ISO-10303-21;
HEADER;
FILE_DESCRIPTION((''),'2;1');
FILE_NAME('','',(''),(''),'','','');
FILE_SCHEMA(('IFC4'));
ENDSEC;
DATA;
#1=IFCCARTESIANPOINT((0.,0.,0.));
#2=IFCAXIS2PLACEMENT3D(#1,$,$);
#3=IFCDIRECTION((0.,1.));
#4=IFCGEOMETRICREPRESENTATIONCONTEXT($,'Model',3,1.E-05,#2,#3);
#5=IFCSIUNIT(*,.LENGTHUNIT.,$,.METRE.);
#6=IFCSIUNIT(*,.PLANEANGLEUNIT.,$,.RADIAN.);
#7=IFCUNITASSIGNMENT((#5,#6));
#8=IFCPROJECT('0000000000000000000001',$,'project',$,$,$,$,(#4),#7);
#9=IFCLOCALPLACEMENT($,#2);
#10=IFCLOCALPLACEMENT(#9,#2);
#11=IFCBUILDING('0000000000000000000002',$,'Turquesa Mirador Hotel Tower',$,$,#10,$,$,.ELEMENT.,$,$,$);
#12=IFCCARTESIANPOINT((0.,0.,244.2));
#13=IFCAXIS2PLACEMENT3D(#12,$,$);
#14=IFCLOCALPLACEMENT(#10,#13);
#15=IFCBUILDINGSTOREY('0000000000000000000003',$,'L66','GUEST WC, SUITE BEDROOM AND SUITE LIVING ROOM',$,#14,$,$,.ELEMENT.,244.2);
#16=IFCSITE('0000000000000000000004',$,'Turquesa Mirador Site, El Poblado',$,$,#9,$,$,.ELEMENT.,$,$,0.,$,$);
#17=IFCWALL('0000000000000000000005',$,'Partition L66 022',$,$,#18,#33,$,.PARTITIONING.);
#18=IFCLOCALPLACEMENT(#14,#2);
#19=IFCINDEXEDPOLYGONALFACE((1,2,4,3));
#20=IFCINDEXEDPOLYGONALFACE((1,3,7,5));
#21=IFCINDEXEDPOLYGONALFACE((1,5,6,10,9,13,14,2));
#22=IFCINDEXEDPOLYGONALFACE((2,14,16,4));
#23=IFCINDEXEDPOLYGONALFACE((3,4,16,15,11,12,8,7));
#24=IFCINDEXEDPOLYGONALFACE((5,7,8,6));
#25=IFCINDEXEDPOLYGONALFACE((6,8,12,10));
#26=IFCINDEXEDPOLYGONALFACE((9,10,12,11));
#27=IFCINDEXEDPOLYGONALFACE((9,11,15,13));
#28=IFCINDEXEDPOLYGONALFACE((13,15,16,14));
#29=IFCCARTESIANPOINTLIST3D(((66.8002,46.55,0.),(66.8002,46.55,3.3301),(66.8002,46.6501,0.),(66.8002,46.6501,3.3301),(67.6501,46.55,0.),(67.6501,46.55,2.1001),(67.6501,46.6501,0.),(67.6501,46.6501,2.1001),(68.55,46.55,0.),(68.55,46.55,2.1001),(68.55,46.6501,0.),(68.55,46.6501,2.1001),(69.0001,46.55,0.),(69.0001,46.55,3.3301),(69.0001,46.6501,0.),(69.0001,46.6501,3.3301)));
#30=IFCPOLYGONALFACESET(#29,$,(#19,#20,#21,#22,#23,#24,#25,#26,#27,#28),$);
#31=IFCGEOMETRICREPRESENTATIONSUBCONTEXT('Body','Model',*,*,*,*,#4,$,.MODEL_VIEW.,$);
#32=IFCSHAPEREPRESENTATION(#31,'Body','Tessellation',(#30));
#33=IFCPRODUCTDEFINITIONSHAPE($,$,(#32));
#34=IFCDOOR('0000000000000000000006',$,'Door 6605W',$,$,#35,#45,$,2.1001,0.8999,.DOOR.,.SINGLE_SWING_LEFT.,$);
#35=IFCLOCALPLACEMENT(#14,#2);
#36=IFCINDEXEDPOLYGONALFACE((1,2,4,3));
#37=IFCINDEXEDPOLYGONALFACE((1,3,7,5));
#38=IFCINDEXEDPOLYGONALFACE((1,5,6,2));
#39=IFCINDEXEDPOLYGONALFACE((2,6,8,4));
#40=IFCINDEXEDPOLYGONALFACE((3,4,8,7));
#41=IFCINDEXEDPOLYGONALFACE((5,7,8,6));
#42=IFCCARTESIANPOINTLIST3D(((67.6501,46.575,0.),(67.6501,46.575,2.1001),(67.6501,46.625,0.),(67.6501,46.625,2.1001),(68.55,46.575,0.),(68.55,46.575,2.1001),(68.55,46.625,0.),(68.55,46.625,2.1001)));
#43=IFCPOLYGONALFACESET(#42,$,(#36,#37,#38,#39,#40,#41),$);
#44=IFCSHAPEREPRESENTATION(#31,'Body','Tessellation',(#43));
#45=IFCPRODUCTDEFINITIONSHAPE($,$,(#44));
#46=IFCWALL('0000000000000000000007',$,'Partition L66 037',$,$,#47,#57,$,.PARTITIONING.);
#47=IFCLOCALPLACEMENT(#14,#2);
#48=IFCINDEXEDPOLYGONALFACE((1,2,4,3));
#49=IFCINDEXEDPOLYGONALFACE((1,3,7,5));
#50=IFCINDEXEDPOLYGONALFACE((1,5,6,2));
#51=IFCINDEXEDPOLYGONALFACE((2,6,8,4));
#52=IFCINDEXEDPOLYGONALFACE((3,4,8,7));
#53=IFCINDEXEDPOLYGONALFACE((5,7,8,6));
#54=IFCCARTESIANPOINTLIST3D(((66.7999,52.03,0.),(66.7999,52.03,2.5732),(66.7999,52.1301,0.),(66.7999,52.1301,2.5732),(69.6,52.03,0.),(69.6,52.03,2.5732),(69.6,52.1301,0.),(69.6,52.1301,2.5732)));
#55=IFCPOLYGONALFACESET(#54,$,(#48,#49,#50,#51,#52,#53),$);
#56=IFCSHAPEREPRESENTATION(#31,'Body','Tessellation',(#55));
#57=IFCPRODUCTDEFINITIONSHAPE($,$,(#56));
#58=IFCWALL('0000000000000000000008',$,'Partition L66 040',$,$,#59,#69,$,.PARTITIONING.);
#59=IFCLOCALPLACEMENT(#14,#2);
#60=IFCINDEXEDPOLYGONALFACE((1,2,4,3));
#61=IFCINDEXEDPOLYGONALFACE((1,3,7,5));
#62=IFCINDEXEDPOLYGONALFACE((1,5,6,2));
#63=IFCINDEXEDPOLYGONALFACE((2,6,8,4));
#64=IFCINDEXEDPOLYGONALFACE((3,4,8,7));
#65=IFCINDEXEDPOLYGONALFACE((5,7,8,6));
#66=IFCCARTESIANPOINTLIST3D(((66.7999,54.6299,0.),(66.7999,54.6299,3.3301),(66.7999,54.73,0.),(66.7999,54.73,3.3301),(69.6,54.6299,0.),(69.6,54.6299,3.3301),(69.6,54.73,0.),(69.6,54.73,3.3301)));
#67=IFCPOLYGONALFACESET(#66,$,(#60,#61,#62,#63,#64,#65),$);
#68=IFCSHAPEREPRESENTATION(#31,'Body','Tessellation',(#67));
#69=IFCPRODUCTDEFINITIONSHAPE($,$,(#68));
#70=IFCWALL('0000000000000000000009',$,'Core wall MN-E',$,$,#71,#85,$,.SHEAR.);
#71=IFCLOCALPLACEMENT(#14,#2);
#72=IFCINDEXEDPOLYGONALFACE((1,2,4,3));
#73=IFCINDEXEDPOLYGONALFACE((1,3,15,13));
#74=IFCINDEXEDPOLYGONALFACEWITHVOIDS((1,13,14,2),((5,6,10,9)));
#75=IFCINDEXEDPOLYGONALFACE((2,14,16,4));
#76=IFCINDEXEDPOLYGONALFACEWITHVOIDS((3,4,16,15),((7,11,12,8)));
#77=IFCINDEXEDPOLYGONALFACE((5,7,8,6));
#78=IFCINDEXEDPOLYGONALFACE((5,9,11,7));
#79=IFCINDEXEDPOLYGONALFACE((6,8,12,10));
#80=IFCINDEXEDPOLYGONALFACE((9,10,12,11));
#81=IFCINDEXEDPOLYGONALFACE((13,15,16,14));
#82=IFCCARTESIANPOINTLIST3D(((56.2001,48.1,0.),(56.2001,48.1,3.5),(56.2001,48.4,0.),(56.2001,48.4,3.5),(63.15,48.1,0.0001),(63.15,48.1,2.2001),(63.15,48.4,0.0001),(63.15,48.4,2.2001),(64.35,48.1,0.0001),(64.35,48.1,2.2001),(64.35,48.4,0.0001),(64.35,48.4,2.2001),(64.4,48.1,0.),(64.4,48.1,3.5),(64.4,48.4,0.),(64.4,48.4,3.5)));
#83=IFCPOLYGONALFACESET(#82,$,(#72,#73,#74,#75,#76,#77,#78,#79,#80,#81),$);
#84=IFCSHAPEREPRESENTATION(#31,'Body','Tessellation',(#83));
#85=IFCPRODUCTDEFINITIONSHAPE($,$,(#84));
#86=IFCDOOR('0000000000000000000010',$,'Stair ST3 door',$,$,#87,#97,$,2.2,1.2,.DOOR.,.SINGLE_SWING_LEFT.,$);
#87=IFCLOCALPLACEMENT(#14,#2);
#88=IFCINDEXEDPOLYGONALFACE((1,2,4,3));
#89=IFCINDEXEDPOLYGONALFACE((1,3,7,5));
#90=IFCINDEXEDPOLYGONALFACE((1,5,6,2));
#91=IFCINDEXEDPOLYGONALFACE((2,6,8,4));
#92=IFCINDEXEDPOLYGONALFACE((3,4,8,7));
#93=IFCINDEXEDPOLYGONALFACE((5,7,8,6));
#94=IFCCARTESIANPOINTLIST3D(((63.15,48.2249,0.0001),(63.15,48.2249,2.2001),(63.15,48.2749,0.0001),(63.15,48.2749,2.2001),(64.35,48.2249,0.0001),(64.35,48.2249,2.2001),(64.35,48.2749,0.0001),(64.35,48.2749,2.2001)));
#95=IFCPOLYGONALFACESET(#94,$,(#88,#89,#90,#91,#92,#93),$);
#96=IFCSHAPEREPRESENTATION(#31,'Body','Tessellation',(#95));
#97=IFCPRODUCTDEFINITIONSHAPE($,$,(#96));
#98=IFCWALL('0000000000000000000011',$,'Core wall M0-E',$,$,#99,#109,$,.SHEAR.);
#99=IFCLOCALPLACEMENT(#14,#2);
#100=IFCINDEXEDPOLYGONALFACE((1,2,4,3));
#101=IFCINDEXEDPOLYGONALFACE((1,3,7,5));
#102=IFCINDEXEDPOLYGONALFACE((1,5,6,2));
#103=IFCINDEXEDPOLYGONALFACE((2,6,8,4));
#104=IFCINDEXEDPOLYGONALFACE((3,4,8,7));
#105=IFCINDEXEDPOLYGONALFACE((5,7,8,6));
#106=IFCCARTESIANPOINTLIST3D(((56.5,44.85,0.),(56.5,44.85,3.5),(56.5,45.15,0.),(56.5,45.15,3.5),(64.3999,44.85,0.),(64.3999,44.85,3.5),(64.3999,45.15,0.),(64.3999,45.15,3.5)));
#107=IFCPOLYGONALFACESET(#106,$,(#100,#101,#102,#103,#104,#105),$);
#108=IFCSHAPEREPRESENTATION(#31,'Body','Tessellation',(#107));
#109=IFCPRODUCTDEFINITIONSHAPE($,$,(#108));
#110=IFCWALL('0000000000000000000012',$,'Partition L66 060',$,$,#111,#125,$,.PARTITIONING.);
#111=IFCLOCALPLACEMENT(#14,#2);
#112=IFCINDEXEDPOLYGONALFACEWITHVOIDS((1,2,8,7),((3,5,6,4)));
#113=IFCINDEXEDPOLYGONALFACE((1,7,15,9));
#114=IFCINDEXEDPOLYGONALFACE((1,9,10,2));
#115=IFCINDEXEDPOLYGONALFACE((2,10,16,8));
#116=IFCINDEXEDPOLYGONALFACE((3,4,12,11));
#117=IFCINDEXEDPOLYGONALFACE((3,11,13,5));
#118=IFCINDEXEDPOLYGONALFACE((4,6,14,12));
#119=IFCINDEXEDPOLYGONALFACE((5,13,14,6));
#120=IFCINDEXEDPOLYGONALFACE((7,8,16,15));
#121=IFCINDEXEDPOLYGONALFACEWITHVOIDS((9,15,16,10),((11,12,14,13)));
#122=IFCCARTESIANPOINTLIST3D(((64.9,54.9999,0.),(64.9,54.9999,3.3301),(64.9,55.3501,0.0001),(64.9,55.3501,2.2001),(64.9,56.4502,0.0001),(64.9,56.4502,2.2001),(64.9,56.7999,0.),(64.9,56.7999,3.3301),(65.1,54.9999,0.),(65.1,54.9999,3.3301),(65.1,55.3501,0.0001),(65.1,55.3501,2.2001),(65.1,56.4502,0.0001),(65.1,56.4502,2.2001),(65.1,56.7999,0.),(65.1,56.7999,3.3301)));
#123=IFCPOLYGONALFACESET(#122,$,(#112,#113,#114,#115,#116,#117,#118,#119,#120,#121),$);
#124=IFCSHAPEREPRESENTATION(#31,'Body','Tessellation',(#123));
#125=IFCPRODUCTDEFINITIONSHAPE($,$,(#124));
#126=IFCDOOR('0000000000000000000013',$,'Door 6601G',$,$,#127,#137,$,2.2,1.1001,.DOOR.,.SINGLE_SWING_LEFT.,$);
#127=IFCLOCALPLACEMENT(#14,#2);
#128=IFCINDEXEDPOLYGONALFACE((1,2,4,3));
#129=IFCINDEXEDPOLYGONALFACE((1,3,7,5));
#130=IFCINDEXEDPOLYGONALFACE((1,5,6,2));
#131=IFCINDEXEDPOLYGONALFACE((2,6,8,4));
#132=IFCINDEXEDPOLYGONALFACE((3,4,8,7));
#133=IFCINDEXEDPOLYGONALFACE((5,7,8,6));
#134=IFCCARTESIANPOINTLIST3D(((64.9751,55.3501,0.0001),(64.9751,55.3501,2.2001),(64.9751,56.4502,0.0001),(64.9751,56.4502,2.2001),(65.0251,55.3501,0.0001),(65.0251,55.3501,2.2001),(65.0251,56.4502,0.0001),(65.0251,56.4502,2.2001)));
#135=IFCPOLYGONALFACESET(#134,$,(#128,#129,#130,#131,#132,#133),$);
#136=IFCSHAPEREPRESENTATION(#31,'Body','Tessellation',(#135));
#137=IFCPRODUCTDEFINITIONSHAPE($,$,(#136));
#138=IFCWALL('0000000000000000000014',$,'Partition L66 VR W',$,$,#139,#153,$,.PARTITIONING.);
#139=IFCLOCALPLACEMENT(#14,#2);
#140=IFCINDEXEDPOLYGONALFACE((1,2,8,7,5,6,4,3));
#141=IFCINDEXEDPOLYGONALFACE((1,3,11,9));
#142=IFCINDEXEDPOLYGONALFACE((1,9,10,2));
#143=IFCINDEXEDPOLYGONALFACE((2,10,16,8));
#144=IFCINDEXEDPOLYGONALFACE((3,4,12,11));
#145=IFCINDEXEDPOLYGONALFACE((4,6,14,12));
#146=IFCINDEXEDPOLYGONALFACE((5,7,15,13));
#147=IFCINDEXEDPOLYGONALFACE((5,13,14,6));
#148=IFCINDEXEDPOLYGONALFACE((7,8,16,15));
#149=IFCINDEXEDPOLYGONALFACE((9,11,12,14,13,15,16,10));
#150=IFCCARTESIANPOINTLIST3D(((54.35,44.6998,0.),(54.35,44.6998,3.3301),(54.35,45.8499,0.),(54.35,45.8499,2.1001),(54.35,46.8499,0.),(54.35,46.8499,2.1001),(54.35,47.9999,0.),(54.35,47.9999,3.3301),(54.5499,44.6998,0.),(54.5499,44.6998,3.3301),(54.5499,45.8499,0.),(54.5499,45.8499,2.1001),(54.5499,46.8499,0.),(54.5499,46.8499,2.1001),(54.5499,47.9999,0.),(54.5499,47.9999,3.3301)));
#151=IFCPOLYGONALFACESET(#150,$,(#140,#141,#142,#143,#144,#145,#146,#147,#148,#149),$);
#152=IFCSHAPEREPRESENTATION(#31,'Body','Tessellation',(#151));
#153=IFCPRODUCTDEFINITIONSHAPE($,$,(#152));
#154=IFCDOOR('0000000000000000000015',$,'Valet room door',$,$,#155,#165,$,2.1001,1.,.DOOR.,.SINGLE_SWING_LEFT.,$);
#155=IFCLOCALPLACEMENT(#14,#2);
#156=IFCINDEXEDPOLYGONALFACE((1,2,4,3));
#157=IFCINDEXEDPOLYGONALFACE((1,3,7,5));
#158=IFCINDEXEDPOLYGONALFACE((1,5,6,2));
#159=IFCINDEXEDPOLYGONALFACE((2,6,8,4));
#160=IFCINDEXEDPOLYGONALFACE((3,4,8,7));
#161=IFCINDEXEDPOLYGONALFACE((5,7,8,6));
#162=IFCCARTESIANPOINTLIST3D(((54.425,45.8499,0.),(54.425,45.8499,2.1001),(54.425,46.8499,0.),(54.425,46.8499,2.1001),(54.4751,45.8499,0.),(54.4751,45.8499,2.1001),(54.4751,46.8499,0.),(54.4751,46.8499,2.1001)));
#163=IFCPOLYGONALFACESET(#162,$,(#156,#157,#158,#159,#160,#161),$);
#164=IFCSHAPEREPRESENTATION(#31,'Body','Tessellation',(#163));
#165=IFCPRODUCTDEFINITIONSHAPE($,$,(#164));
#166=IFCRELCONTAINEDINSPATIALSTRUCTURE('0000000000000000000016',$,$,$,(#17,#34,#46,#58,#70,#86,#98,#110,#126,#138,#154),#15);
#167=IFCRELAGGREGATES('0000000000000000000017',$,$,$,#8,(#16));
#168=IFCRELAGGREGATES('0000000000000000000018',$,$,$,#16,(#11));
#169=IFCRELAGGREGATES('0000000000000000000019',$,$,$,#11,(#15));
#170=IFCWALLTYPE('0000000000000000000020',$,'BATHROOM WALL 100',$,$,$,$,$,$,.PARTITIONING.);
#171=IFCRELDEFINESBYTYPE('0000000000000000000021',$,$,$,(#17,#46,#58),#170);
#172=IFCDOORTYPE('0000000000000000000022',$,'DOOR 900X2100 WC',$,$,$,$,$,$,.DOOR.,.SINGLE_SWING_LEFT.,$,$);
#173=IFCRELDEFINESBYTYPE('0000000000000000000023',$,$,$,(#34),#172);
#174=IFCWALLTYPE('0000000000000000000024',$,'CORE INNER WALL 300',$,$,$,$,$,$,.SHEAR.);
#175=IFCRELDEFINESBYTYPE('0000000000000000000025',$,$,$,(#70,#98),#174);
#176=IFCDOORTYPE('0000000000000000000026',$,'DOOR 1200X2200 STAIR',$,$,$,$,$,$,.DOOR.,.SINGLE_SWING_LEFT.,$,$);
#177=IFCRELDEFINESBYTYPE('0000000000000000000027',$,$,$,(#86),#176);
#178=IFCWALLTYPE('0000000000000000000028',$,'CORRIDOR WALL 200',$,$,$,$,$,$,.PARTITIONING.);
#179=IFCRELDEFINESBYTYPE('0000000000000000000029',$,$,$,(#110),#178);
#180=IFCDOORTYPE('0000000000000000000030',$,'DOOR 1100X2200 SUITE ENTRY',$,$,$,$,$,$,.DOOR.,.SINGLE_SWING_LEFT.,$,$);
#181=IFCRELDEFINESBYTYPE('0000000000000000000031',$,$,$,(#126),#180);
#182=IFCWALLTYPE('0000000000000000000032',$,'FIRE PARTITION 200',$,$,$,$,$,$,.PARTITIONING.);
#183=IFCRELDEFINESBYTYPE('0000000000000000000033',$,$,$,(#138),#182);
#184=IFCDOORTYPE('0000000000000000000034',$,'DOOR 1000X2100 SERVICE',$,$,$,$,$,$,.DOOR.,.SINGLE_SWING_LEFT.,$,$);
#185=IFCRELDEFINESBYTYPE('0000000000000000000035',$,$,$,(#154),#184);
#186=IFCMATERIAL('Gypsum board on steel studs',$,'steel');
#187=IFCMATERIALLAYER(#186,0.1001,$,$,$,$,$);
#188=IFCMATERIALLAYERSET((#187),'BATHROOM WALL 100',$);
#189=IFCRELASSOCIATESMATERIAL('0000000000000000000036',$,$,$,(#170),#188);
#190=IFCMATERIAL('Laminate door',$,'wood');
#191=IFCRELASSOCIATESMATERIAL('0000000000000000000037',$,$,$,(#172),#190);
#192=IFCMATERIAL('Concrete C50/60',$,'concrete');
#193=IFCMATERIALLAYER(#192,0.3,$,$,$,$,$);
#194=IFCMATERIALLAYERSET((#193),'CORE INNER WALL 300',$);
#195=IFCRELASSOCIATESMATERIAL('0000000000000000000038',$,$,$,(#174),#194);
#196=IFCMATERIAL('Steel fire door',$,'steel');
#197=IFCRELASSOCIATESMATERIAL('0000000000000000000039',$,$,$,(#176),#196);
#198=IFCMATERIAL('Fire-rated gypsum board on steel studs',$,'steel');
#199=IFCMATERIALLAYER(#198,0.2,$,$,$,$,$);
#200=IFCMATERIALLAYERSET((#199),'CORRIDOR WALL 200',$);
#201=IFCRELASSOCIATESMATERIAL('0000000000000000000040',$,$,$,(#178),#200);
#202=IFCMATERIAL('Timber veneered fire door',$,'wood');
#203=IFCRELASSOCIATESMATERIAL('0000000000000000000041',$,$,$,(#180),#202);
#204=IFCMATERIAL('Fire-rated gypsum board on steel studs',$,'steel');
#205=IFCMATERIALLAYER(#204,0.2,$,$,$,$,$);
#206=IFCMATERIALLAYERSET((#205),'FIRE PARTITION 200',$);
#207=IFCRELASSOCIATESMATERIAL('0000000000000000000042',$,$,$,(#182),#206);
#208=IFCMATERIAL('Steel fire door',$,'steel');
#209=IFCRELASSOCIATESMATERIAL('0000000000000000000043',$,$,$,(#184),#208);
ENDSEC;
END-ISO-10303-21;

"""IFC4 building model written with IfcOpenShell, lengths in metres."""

from ifc_helpers import new_model, si_unit, direction, frame, frame_2d, origin, place, context, subcontext, project, spatial, rectangle, extrude, material, layer, layer_set, type_object, element, fill, save


model = new_model("IFC4")

# Units and contexts
model_context = context("Model", 3, precision=1e-05, world=origin(), true_north=direction((0.0, 1.0)))
body_context = subcontext(model_context, "Body", "Model", "MODEL_VIEW")
ifc_project = project(units=[si_unit("LENGTHUNIT", "METRE"), si_unit("PLANEANGLEUNIT", "RADIAN")], contexts=[model_context])

# Site, building, storey
site_placement = place(None, origin())
site = spatial("IfcSite", under=ifc_project, at=site_placement, Name="Turquesa Mirador Site, El Poblado", CompositionType="ELEMENT", RefElevation=0.0)
building_placement = place(site_placement, origin())
building = spatial("IfcBuilding", under=site, at=building_placement, Name="Turquesa Mirador Hotel Tower", CompositionType="ELEMENT")
storey_placement = place(building_placement, frame((0.0, 0.0, 244.2)))
storey = spatial("IfcBuildingStorey", under=building, at=storey_placement, Name="L66", Description="GUEST WC, SUITE BEDROOM AND SUITE LIVING ROOM", CompositionType="ELEMENT", Elevation=244.2)

# Wall, opening, door
ifc_material_1 = material(Name="Gypsum board on steel studs", Category="steel")
ifc_layer_1 = layer(ifc_material_1, 0.1001)
ifc_layer_set_1 = layer_set([ifc_layer_1], Name="BATHROOM WALL 100")
wall_type_1 = type_object("IfcWallType", Name="BATHROOM WALL 100", PredefinedType="PARTITIONING", material=ifc_layer_set_1)
wall_1_placement = place(storey_placement, frame((66.8, 46.6001, 0.0), z_axis=(0.0, 0.0, 1.0), x_axis=(1.0, 0.0, 0.0)))
wall_1 = element("IfcWall", 1, at=wall_1_placement, inside=storey, type_object=wall_type_1, Name="Partition L66 022", PredefinedType="PARTITIONING", context=body_context, shape_type="SweptSolid", body=[
    extrude(rectangle(XDim=2.2, YDim=0.1001, at=frame_2d((1.1001, 0.0))), origin(), (0.0, 0.0, 1.0), 3.3301),
])
opening_1_placement = place(wall_1_placement, frame((0.8501, 0.0, 0.0)))
opening_1 = element("IfcOpeningElement", 2, at=opening_1_placement, cuts=wall_1, PredefinedType="OPENING", context=body_context, shape_type="SweptSolid", body=[
    extrude(rectangle(XDim=0.8999, YDim=2.1001, at=frame_2d((0.45, 1.05))), frame((0.0, 0.0601, 0.0), z_axis=(0.0, -1.0, 0.0), x_axis=(1.0, 0.0, 0.0)), (0.0, 0.0, 1.0), 0.1201),
])
ifc_material_2 = material(Name="Laminate door", Category="wood")
door_type_1 = type_object("IfcDoorType", Name="DOOR 900X2100 WC", OperationType="SINGLE_SWING_LEFT", PredefinedType="DOOR", material=ifc_material_2)
door_1_placement = place(opening_1_placement, origin())
door_1 = element("IfcDoor", 3, at=door_1_placement, inside=storey, type_object=door_type_1, Name="Door 6605W", OperationType="SINGLE_SWING_LEFT", OverallHeight=2.1001, OverallWidth=0.8999, PredefinedType="DOOR", context=body_context, shape_type="SweptSolid", body=[
    extrude(rectangle(XDim=0.8999, YDim=2.1001, at=frame_2d((0.45, 1.05))), frame((0.0, 0.0249, 0.0), z_axis=(0.0, -1.0, 0.0), x_axis=(1.0, 0.0, 0.0)), (0.0, 0.0, 1.0), 0.05),
])
fill(opening_1, door_1)

# Walls
wall_2_placement = place(storey_placement, frame((66.8, 52.0801, 0.0), z_axis=(0.0, 0.0, 1.0), x_axis=(1.0, 0.0, 0.0)))
element("IfcWall", 4, at=wall_2_placement, inside=storey, type_object=wall_type_1, Name="Partition L66 037", PredefinedType="PARTITIONING", context=body_context, shape_type="SweptSolid", body=[
    extrude(rectangle(XDim=2.8, YDim=0.1001, at=frame_2d((1.3999, 0.0))), origin(), (0.0, 0.0, 1.0), 2.5732),
])
wall_3_placement = place(storey_placement, frame((66.8, 54.6799, 0.0), z_axis=(0.0, 0.0, 1.0), x_axis=(1.0, 0.0, 0.0)))
element("IfcWall", 5, at=wall_3_placement, inside=storey, type_object=wall_type_1, Name="Partition L66 040", PredefinedType="PARTITIONING", context=body_context, shape_type="SweptSolid", body=[
    extrude(rectangle(XDim=2.8, YDim=0.1001, at=frame_2d((1.3999, 0.0))), origin(), (0.0, 0.0, 1.0), 3.3301),
])

# Wall, opening, door
ifc_material_3 = material(Name="Concrete C50/60", Category="concrete")
ifc_layer_2 = layer(ifc_material_3, 0.3)
ifc_layer_set_2 = layer_set([ifc_layer_2], Name="CORE INNER WALL 300")
wall_type_2 = type_object("IfcWallType", Name="CORE INNER WALL 300", PredefinedType="SHEAR", material=ifc_layer_set_2)
wall_4_placement = place(storey_placement, frame((56.2, 48.25, 0.0), z_axis=(0.0, 0.0, 1.0), x_axis=(1.0, 0.0, 0.0)))
wall_4 = element("IfcWall", 6, at=wall_4_placement, inside=storey, type_object=wall_type_2, Name="Core wall MN-E", PredefinedType="SHEAR", context=body_context, shape_type="SweptSolid", body=[
    extrude(rectangle(XDim=8.2, YDim=0.3, at=frame_2d((4.1001, 0.0))), origin(), (0.0, 0.0, 1.0), 3.5),
])
opening_2_placement = place(wall_4_placement, frame((6.95, 0.0, 0.0)))
opening_2 = element("IfcOpeningElement", 7, at=opening_2_placement, cuts=wall_4, PredefinedType="OPENING", context=body_context, shape_type="SweptSolid", body=[
    extrude(rectangle(XDim=1.2, YDim=2.2, at=frame_2d((0.6001, 1.1001))), frame((0.0, 0.1599, 0.0), z_axis=(0.0, -1.0, 0.0), x_axis=(1.0, 0.0, 0.0)), (0.0, 0.0, 1.0), 0.3201),
])
ifc_material_4 = material(Name="Steel fire door", Category="steel")
door_type_2 = type_object("IfcDoorType", Name="DOOR 1200X2200 STAIR", OperationType="SINGLE_SWING_LEFT", PredefinedType="DOOR", material=ifc_material_4)
door_2_placement = place(opening_2_placement, origin())
door_2 = element("IfcDoor", 8, at=door_2_placement, inside=storey, type_object=door_type_2, Name="Stair ST3 door", OperationType="SINGLE_SWING_LEFT", OverallHeight=2.2, OverallWidth=1.2, PredefinedType="DOOR", context=body_context, shape_type="SweptSolid", body=[
    extrude(rectangle(XDim=1.2, YDim=2.2, at=frame_2d((0.6001, 1.1001))), frame((0.0, 0.0249, 0.0), z_axis=(0.0, -1.0, 0.0), x_axis=(1.0, 0.0, 0.0)), (0.0, 0.0, 1.0), 0.05),
])
fill(opening_2, door_2)

# Wall
wall_5_placement = place(storey_placement, frame((56.5, 45.0, 0.0), z_axis=(0.0, 0.0, 1.0), x_axis=(1.0, 0.0, 0.0)))
element("IfcWall", 9, at=wall_5_placement, inside=storey, type_object=wall_type_2, Name="Core wall M0-E", PredefinedType="SHEAR", context=body_context, shape_type="SweptSolid", body=[
    extrude(rectangle(XDim=7.8999, YDim=0.3, at=frame_2d((3.95, 0.0))), origin(), (0.0, 0.0, 1.0), 3.5),
])

# Walls, openings, doors
ifc_material_5 = material(Name="Fire-rated gypsum board on steel studs", Category="steel")
ifc_layer_3 = layer(ifc_material_5, 0.2)
ifc_layer_set_3 = layer_set([ifc_layer_3], Name="CORRIDOR WALL 200")
wall_type_3 = type_object("IfcWallType", Name="CORRIDOR WALL 200", PredefinedType="PARTITIONING", material=ifc_layer_set_3)
wall_6_placement = place(storey_placement, frame((65.0, 55.0, 0.0), z_axis=(0.0, 0.0, 1.0), x_axis=(0.0, 1.0, 0.0)))
wall_6 = element("IfcWall", 10, at=wall_6_placement, inside=storey, type_object=wall_type_3, Name="Partition L66 060", PredefinedType="PARTITIONING", context=body_context, shape_type="SweptSolid", body=[
    extrude(rectangle(XDim=1.8, YDim=0.2, at=frame_2d((0.8999, 0.0))), origin(), (0.0, 0.0, 1.0), 3.3301),
])
opening_3_placement = place(wall_6_placement, frame((0.3501, 0.0, 0.0)))
opening_3 = element("IfcOpeningElement", 11, at=opening_3_placement, cuts=wall_6, PredefinedType="OPENING", context=body_context, shape_type="SweptSolid", body=[
    extrude(rectangle(XDim=1.1001, YDim=2.2, at=frame_2d((0.55, 1.1001))), frame((0.0, 0.1099, 0.0), z_axis=(0.0, -1.0, 0.0), x_axis=(1.0, 0.0, 0.0)), (0.0, 0.0, 1.0), 0.22),
])
ifc_material_6 = material(Name="Timber veneered fire door", Category="wood")
door_type_3 = type_object("IfcDoorType", Name="DOOR 1100X2200 SUITE ENTRY", OperationType="SINGLE_SWING_LEFT", PredefinedType="DOOR", material=ifc_material_6)
door_3_placement = place(opening_3_placement, origin())
door_3 = element("IfcDoor", 12, at=door_3_placement, inside=storey, type_object=door_type_3, Name="Door 6601G", OperationType="SINGLE_SWING_LEFT", OverallHeight=2.2, OverallWidth=1.1001, PredefinedType="DOOR", context=body_context, shape_type="SweptSolid", body=[
    extrude(rectangle(XDim=1.1001, YDim=2.2, at=frame_2d((0.55, 1.1001))), frame((0.0, 0.0249, 0.0), z_axis=(0.0, -1.0, 0.0), x_axis=(1.0, 0.0, 0.0)), (0.0, 0.0, 1.0), 0.05),
])
fill(opening_3, door_3)
ifc_material_7 = material(Name="Fire-rated gypsum board on steel studs", Category="steel")
ifc_layer_4 = layer(ifc_material_7, 0.2)
ifc_layer_set_4 = layer_set([ifc_layer_4], Name="FIRE PARTITION 200")
wall_type_4 = type_object("IfcWallType", Name="FIRE PARTITION 200", PredefinedType="PARTITIONING", material=ifc_layer_set_4)
wall_7_placement = place(storey_placement, frame((54.45, 44.7, 0.0), z_axis=(0.0, 0.0, 1.0), x_axis=(0.0, 1.0, 0.0)))
wall_7 = element("IfcWall", 13, at=wall_7_placement, inside=storey, type_object=wall_type_4, Name="Partition L66 VR W", PredefinedType="PARTITIONING", context=body_context, shape_type="SweptSolid", body=[
    extrude(rectangle(XDim=3.3, YDim=0.2, at=frame_2d((1.6499, 0.0))), origin(), (0.0, 0.0, 1.0), 3.3301),
])
opening_4_placement = place(wall_7_placement, frame((1.1499, 0.0, 0.0)))
opening_4 = element("IfcOpeningElement", 14, at=opening_4_placement, cuts=wall_7, PredefinedType="OPENING", context=body_context, shape_type="SweptSolid", body=[
    extrude(rectangle(XDim=1.0, YDim=2.1001, at=frame_2d((0.5, 1.05))), frame((0.0, 0.1099, 0.0), z_axis=(0.0, -1.0, 0.0), x_axis=(1.0, 0.0, 0.0)), (0.0, 0.0, 1.0), 0.22),
])
ifc_material_8 = material(Name="Steel fire door", Category="steel")
door_type_4 = type_object("IfcDoorType", Name="DOOR 1000X2100 SERVICE", OperationType="SINGLE_SWING_LEFT", PredefinedType="DOOR", material=ifc_material_8)
door_4_placement = place(opening_4_placement, origin())
door_4 = element("IfcDoor", 15, at=door_4_placement, inside=storey, type_object=door_type_4, Name="Valet room door", OperationType="SINGLE_SWING_LEFT", OverallHeight=2.1001, OverallWidth=1.0, PredefinedType="DOOR", context=body_context, shape_type="SweptSolid", body=[
    extrude(rectangle(XDim=1.0, YDim=2.1001, at=frame_2d((0.5, 1.05))), frame((0.0, 0.0249, 0.0), z_axis=(0.0, -1.0, 0.0), x_axis=(1.0, 0.0, 0.0)), (0.0, 0.0, 1.0), 0.05),
])
fill(opening_4, door_4)

save(model, "model.ifc")
